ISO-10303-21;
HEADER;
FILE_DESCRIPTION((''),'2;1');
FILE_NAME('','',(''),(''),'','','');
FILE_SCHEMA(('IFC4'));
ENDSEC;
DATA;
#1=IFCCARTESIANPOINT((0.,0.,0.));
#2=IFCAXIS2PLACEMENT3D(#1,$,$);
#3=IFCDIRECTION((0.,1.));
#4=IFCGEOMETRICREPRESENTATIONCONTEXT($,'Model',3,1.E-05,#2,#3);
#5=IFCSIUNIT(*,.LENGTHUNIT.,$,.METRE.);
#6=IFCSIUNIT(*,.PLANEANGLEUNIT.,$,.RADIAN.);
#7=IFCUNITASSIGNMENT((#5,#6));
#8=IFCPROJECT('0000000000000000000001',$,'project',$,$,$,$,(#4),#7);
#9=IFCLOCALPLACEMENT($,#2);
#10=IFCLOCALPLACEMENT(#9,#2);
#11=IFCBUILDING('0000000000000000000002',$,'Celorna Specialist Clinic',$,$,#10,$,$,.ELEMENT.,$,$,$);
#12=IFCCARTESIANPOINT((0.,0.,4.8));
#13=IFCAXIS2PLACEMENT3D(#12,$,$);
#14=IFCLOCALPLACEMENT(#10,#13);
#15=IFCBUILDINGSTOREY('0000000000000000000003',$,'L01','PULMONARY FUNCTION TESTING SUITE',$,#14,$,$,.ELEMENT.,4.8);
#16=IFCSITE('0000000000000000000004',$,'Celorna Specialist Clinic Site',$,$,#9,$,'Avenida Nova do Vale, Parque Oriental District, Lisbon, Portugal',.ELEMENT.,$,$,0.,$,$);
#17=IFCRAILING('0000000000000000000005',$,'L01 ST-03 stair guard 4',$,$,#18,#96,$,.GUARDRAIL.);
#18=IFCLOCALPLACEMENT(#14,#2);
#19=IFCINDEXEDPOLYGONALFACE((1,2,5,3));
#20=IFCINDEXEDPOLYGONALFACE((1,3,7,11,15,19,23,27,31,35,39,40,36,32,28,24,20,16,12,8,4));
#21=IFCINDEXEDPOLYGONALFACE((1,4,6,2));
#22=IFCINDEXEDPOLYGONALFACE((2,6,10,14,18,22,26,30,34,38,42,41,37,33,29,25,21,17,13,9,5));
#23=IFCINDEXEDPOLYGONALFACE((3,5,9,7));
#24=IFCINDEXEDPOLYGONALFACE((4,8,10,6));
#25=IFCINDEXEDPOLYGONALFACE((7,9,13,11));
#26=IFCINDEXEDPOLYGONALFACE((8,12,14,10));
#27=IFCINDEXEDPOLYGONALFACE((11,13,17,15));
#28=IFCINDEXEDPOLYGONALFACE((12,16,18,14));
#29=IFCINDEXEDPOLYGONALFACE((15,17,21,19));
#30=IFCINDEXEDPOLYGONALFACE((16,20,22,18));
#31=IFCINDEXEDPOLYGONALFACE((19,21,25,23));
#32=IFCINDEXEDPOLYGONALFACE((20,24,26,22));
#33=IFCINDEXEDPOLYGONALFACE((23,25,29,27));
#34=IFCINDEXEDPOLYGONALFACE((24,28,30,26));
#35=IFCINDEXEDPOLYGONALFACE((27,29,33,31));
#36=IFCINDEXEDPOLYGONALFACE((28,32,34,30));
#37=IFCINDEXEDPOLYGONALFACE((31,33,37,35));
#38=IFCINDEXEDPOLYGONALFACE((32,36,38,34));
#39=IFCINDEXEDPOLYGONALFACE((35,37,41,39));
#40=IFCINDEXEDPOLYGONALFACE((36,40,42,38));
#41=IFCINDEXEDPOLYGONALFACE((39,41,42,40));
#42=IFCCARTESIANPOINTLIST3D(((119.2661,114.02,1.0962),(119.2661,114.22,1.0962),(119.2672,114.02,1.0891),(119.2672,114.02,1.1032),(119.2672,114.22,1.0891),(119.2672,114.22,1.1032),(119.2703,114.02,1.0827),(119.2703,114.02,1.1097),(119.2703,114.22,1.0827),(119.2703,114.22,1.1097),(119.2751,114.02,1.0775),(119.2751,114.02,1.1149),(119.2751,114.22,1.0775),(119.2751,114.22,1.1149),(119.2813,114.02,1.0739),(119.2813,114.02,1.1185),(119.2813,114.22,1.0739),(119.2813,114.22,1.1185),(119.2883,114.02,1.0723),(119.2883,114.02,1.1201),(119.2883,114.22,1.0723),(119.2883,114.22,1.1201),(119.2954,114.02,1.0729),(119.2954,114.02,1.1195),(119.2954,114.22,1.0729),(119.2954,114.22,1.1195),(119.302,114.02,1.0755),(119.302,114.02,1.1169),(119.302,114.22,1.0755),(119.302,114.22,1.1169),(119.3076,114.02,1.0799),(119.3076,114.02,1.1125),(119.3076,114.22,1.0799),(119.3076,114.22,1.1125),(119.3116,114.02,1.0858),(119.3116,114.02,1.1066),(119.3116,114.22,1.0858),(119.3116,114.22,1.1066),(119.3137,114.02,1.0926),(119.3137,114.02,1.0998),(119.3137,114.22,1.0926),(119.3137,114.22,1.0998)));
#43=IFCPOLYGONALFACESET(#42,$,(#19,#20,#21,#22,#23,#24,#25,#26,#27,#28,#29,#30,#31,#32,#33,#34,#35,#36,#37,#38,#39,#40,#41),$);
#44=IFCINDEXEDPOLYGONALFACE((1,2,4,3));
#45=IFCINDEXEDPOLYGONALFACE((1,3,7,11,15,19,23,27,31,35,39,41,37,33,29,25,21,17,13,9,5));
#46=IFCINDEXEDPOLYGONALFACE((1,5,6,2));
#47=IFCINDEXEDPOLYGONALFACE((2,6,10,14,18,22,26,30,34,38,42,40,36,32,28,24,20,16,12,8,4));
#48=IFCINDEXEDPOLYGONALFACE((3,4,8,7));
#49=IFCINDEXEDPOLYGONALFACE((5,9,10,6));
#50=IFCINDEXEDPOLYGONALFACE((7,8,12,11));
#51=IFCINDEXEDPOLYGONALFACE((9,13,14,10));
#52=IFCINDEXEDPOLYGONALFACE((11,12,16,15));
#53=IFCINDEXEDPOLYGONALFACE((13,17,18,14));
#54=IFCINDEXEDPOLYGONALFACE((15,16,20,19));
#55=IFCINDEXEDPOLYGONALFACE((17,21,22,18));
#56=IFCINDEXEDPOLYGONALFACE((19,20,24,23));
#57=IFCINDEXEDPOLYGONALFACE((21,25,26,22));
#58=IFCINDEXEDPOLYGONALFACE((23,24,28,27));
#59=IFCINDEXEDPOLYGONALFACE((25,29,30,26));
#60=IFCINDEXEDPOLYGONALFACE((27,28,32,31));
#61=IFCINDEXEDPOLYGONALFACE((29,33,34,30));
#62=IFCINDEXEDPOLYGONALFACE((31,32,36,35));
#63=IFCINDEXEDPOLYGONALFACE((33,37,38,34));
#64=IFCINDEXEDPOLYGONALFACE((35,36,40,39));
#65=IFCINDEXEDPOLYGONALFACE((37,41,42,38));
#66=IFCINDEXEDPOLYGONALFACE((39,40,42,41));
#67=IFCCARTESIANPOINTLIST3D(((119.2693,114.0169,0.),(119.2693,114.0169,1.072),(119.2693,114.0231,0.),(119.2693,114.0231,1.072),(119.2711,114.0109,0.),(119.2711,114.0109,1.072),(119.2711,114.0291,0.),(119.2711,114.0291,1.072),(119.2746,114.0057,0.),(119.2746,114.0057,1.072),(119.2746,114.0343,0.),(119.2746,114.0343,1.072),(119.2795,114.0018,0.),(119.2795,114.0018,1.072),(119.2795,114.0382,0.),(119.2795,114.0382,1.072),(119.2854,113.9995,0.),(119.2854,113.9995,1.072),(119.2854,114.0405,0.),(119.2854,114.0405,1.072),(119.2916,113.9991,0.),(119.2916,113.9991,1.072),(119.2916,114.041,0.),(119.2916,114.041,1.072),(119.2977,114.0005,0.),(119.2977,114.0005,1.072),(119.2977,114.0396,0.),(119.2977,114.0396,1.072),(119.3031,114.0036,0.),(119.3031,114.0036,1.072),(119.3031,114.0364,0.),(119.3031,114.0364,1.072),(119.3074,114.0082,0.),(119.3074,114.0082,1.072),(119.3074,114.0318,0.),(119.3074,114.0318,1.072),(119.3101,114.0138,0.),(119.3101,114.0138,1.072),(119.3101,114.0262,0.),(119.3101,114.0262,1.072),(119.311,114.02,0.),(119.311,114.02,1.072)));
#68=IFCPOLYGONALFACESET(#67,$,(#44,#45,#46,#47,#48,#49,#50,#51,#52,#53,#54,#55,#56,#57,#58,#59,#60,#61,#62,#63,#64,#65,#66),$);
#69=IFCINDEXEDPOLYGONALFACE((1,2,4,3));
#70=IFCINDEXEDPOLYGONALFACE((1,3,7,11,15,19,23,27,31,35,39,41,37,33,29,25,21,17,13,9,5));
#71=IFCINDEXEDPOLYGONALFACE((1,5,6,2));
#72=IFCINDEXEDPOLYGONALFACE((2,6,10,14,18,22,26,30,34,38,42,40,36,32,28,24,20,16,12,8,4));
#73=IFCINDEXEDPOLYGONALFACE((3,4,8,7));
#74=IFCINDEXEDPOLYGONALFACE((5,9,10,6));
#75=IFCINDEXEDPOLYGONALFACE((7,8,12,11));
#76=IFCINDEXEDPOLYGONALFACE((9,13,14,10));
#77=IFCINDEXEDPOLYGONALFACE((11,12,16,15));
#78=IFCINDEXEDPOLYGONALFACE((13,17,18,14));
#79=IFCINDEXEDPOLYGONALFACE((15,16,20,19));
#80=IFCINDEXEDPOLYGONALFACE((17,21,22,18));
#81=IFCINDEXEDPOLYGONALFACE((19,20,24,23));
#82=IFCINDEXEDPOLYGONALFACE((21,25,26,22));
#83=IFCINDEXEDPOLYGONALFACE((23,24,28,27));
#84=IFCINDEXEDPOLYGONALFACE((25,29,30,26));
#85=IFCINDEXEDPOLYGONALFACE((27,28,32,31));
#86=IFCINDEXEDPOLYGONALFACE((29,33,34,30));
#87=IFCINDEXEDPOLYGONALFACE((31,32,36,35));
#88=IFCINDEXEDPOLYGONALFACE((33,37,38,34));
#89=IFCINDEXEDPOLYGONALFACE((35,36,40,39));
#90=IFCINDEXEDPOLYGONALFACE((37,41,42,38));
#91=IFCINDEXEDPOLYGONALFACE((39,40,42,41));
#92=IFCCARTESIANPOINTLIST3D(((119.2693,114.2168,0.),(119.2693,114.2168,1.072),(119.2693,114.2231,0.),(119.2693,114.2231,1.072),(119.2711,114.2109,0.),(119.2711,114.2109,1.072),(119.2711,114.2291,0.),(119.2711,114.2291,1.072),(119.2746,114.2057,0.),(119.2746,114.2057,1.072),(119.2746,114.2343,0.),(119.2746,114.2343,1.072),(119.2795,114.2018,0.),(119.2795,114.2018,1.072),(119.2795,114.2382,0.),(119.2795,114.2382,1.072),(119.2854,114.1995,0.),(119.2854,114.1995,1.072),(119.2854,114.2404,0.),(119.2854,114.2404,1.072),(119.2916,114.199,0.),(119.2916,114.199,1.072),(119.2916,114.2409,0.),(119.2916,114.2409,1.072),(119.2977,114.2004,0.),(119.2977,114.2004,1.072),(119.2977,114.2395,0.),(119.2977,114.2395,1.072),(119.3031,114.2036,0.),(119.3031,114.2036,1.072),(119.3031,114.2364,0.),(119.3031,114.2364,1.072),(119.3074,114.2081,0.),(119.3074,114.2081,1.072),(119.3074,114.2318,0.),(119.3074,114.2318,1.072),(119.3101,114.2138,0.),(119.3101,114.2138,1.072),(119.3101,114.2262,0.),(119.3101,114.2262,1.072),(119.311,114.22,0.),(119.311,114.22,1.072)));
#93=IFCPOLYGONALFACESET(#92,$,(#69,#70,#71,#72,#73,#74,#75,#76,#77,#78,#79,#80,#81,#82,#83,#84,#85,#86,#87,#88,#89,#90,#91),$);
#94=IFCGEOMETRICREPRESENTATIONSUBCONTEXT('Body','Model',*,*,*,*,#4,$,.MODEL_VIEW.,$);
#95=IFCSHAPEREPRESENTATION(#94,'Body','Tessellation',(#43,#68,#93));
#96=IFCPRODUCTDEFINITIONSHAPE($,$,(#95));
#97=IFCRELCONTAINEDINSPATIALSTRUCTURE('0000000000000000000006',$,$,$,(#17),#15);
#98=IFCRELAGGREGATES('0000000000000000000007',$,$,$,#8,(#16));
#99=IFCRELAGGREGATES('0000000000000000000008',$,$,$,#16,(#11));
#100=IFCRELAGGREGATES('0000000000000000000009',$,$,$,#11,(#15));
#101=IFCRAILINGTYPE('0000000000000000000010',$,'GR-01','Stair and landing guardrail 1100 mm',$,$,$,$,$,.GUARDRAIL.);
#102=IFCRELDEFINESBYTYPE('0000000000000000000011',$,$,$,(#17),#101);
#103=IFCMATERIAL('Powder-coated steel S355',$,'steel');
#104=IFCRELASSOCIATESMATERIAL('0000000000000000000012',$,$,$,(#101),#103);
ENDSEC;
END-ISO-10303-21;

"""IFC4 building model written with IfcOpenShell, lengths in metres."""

from ifc_helpers import new_model, si_unit, direction, frame, origin, origin_2d, place, context, subcontext, project, spatial, circle, extrude, material, type_object, element, save


model = new_model("IFC4")

# Units and contexts
model_context = context("Model", 3, precision=1e-05, world=origin(), true_north=direction((0.0, 1.0)))
body_context = subcontext(model_context, "Body", "Model", "MODEL_VIEW")
ifc_project = project(units=[si_unit("LENGTHUNIT", "METRE"), si_unit("PLANEANGLEUNIT", "RADIAN")], contexts=[model_context])

# Site, building, storey
site_placement = place(None, origin())
site = spatial("IfcSite", under=ifc_project, at=site_placement, Name="Celorna Specialist Clinic Site", LongName="Avenida Nova do Vale, Parque Oriental District, Lisbon, Portugal", CompositionType="ELEMENT", RefElevation=0.0)
building_placement = place(site_placement, origin())
building = spatial("IfcBuilding", under=site, at=building_placement, Name="Celorna Specialist Clinic", CompositionType="ELEMENT")
storey_placement = place(building_placement, frame((0.0, 0.0, 4.8)))
storey = spatial("IfcBuildingStorey", under=building, at=storey_placement, Name="L01", Description="PULMONARY FUNCTION TESTING SUITE", CompositionType="ELEMENT", Elevation=4.8)

# Railing
ifc_material_1 = material(Name="Powder-coated steel S355", Category="steel")
railing_type_1 = type_object("IfcRailingType", Name="GR-01", Description="Stair and landing guardrail 1100 mm", PredefinedType="GUARDRAIL", material=ifc_material_1)
railing_1_placement = place(storey_placement, frame((119.29, 114.02, 0.0)))
element("IfcRailing", 1, at=railing_1_placement, inside=storey, type_object=railing_type_1, Name="L01 ST-03 stair guard 4", PredefinedType="GUARDRAIL", context=body_context, shape_type="SweptSolid", body=[
    extrude(circle(Radius=0.0239, at=origin_2d()), frame((0.0, 0.0, 1.0962), z_axis=(0.0, 1.0, 0.0), x_axis=(-1.0, 0.0, 0.0)), (0.0, 0.0, 1.0), 0.2),
    extrude(circle(Radius=0.021, at=origin_2d()), origin(), (0.0, 0.0, 1.0), 1.072),
    extrude(circle(Radius=0.021, at=origin_2d()), frame((0.0, 0.2, 0.0)), (0.0, 0.0, 1.0), 1.072),
])

save(model, "model.ifc")
